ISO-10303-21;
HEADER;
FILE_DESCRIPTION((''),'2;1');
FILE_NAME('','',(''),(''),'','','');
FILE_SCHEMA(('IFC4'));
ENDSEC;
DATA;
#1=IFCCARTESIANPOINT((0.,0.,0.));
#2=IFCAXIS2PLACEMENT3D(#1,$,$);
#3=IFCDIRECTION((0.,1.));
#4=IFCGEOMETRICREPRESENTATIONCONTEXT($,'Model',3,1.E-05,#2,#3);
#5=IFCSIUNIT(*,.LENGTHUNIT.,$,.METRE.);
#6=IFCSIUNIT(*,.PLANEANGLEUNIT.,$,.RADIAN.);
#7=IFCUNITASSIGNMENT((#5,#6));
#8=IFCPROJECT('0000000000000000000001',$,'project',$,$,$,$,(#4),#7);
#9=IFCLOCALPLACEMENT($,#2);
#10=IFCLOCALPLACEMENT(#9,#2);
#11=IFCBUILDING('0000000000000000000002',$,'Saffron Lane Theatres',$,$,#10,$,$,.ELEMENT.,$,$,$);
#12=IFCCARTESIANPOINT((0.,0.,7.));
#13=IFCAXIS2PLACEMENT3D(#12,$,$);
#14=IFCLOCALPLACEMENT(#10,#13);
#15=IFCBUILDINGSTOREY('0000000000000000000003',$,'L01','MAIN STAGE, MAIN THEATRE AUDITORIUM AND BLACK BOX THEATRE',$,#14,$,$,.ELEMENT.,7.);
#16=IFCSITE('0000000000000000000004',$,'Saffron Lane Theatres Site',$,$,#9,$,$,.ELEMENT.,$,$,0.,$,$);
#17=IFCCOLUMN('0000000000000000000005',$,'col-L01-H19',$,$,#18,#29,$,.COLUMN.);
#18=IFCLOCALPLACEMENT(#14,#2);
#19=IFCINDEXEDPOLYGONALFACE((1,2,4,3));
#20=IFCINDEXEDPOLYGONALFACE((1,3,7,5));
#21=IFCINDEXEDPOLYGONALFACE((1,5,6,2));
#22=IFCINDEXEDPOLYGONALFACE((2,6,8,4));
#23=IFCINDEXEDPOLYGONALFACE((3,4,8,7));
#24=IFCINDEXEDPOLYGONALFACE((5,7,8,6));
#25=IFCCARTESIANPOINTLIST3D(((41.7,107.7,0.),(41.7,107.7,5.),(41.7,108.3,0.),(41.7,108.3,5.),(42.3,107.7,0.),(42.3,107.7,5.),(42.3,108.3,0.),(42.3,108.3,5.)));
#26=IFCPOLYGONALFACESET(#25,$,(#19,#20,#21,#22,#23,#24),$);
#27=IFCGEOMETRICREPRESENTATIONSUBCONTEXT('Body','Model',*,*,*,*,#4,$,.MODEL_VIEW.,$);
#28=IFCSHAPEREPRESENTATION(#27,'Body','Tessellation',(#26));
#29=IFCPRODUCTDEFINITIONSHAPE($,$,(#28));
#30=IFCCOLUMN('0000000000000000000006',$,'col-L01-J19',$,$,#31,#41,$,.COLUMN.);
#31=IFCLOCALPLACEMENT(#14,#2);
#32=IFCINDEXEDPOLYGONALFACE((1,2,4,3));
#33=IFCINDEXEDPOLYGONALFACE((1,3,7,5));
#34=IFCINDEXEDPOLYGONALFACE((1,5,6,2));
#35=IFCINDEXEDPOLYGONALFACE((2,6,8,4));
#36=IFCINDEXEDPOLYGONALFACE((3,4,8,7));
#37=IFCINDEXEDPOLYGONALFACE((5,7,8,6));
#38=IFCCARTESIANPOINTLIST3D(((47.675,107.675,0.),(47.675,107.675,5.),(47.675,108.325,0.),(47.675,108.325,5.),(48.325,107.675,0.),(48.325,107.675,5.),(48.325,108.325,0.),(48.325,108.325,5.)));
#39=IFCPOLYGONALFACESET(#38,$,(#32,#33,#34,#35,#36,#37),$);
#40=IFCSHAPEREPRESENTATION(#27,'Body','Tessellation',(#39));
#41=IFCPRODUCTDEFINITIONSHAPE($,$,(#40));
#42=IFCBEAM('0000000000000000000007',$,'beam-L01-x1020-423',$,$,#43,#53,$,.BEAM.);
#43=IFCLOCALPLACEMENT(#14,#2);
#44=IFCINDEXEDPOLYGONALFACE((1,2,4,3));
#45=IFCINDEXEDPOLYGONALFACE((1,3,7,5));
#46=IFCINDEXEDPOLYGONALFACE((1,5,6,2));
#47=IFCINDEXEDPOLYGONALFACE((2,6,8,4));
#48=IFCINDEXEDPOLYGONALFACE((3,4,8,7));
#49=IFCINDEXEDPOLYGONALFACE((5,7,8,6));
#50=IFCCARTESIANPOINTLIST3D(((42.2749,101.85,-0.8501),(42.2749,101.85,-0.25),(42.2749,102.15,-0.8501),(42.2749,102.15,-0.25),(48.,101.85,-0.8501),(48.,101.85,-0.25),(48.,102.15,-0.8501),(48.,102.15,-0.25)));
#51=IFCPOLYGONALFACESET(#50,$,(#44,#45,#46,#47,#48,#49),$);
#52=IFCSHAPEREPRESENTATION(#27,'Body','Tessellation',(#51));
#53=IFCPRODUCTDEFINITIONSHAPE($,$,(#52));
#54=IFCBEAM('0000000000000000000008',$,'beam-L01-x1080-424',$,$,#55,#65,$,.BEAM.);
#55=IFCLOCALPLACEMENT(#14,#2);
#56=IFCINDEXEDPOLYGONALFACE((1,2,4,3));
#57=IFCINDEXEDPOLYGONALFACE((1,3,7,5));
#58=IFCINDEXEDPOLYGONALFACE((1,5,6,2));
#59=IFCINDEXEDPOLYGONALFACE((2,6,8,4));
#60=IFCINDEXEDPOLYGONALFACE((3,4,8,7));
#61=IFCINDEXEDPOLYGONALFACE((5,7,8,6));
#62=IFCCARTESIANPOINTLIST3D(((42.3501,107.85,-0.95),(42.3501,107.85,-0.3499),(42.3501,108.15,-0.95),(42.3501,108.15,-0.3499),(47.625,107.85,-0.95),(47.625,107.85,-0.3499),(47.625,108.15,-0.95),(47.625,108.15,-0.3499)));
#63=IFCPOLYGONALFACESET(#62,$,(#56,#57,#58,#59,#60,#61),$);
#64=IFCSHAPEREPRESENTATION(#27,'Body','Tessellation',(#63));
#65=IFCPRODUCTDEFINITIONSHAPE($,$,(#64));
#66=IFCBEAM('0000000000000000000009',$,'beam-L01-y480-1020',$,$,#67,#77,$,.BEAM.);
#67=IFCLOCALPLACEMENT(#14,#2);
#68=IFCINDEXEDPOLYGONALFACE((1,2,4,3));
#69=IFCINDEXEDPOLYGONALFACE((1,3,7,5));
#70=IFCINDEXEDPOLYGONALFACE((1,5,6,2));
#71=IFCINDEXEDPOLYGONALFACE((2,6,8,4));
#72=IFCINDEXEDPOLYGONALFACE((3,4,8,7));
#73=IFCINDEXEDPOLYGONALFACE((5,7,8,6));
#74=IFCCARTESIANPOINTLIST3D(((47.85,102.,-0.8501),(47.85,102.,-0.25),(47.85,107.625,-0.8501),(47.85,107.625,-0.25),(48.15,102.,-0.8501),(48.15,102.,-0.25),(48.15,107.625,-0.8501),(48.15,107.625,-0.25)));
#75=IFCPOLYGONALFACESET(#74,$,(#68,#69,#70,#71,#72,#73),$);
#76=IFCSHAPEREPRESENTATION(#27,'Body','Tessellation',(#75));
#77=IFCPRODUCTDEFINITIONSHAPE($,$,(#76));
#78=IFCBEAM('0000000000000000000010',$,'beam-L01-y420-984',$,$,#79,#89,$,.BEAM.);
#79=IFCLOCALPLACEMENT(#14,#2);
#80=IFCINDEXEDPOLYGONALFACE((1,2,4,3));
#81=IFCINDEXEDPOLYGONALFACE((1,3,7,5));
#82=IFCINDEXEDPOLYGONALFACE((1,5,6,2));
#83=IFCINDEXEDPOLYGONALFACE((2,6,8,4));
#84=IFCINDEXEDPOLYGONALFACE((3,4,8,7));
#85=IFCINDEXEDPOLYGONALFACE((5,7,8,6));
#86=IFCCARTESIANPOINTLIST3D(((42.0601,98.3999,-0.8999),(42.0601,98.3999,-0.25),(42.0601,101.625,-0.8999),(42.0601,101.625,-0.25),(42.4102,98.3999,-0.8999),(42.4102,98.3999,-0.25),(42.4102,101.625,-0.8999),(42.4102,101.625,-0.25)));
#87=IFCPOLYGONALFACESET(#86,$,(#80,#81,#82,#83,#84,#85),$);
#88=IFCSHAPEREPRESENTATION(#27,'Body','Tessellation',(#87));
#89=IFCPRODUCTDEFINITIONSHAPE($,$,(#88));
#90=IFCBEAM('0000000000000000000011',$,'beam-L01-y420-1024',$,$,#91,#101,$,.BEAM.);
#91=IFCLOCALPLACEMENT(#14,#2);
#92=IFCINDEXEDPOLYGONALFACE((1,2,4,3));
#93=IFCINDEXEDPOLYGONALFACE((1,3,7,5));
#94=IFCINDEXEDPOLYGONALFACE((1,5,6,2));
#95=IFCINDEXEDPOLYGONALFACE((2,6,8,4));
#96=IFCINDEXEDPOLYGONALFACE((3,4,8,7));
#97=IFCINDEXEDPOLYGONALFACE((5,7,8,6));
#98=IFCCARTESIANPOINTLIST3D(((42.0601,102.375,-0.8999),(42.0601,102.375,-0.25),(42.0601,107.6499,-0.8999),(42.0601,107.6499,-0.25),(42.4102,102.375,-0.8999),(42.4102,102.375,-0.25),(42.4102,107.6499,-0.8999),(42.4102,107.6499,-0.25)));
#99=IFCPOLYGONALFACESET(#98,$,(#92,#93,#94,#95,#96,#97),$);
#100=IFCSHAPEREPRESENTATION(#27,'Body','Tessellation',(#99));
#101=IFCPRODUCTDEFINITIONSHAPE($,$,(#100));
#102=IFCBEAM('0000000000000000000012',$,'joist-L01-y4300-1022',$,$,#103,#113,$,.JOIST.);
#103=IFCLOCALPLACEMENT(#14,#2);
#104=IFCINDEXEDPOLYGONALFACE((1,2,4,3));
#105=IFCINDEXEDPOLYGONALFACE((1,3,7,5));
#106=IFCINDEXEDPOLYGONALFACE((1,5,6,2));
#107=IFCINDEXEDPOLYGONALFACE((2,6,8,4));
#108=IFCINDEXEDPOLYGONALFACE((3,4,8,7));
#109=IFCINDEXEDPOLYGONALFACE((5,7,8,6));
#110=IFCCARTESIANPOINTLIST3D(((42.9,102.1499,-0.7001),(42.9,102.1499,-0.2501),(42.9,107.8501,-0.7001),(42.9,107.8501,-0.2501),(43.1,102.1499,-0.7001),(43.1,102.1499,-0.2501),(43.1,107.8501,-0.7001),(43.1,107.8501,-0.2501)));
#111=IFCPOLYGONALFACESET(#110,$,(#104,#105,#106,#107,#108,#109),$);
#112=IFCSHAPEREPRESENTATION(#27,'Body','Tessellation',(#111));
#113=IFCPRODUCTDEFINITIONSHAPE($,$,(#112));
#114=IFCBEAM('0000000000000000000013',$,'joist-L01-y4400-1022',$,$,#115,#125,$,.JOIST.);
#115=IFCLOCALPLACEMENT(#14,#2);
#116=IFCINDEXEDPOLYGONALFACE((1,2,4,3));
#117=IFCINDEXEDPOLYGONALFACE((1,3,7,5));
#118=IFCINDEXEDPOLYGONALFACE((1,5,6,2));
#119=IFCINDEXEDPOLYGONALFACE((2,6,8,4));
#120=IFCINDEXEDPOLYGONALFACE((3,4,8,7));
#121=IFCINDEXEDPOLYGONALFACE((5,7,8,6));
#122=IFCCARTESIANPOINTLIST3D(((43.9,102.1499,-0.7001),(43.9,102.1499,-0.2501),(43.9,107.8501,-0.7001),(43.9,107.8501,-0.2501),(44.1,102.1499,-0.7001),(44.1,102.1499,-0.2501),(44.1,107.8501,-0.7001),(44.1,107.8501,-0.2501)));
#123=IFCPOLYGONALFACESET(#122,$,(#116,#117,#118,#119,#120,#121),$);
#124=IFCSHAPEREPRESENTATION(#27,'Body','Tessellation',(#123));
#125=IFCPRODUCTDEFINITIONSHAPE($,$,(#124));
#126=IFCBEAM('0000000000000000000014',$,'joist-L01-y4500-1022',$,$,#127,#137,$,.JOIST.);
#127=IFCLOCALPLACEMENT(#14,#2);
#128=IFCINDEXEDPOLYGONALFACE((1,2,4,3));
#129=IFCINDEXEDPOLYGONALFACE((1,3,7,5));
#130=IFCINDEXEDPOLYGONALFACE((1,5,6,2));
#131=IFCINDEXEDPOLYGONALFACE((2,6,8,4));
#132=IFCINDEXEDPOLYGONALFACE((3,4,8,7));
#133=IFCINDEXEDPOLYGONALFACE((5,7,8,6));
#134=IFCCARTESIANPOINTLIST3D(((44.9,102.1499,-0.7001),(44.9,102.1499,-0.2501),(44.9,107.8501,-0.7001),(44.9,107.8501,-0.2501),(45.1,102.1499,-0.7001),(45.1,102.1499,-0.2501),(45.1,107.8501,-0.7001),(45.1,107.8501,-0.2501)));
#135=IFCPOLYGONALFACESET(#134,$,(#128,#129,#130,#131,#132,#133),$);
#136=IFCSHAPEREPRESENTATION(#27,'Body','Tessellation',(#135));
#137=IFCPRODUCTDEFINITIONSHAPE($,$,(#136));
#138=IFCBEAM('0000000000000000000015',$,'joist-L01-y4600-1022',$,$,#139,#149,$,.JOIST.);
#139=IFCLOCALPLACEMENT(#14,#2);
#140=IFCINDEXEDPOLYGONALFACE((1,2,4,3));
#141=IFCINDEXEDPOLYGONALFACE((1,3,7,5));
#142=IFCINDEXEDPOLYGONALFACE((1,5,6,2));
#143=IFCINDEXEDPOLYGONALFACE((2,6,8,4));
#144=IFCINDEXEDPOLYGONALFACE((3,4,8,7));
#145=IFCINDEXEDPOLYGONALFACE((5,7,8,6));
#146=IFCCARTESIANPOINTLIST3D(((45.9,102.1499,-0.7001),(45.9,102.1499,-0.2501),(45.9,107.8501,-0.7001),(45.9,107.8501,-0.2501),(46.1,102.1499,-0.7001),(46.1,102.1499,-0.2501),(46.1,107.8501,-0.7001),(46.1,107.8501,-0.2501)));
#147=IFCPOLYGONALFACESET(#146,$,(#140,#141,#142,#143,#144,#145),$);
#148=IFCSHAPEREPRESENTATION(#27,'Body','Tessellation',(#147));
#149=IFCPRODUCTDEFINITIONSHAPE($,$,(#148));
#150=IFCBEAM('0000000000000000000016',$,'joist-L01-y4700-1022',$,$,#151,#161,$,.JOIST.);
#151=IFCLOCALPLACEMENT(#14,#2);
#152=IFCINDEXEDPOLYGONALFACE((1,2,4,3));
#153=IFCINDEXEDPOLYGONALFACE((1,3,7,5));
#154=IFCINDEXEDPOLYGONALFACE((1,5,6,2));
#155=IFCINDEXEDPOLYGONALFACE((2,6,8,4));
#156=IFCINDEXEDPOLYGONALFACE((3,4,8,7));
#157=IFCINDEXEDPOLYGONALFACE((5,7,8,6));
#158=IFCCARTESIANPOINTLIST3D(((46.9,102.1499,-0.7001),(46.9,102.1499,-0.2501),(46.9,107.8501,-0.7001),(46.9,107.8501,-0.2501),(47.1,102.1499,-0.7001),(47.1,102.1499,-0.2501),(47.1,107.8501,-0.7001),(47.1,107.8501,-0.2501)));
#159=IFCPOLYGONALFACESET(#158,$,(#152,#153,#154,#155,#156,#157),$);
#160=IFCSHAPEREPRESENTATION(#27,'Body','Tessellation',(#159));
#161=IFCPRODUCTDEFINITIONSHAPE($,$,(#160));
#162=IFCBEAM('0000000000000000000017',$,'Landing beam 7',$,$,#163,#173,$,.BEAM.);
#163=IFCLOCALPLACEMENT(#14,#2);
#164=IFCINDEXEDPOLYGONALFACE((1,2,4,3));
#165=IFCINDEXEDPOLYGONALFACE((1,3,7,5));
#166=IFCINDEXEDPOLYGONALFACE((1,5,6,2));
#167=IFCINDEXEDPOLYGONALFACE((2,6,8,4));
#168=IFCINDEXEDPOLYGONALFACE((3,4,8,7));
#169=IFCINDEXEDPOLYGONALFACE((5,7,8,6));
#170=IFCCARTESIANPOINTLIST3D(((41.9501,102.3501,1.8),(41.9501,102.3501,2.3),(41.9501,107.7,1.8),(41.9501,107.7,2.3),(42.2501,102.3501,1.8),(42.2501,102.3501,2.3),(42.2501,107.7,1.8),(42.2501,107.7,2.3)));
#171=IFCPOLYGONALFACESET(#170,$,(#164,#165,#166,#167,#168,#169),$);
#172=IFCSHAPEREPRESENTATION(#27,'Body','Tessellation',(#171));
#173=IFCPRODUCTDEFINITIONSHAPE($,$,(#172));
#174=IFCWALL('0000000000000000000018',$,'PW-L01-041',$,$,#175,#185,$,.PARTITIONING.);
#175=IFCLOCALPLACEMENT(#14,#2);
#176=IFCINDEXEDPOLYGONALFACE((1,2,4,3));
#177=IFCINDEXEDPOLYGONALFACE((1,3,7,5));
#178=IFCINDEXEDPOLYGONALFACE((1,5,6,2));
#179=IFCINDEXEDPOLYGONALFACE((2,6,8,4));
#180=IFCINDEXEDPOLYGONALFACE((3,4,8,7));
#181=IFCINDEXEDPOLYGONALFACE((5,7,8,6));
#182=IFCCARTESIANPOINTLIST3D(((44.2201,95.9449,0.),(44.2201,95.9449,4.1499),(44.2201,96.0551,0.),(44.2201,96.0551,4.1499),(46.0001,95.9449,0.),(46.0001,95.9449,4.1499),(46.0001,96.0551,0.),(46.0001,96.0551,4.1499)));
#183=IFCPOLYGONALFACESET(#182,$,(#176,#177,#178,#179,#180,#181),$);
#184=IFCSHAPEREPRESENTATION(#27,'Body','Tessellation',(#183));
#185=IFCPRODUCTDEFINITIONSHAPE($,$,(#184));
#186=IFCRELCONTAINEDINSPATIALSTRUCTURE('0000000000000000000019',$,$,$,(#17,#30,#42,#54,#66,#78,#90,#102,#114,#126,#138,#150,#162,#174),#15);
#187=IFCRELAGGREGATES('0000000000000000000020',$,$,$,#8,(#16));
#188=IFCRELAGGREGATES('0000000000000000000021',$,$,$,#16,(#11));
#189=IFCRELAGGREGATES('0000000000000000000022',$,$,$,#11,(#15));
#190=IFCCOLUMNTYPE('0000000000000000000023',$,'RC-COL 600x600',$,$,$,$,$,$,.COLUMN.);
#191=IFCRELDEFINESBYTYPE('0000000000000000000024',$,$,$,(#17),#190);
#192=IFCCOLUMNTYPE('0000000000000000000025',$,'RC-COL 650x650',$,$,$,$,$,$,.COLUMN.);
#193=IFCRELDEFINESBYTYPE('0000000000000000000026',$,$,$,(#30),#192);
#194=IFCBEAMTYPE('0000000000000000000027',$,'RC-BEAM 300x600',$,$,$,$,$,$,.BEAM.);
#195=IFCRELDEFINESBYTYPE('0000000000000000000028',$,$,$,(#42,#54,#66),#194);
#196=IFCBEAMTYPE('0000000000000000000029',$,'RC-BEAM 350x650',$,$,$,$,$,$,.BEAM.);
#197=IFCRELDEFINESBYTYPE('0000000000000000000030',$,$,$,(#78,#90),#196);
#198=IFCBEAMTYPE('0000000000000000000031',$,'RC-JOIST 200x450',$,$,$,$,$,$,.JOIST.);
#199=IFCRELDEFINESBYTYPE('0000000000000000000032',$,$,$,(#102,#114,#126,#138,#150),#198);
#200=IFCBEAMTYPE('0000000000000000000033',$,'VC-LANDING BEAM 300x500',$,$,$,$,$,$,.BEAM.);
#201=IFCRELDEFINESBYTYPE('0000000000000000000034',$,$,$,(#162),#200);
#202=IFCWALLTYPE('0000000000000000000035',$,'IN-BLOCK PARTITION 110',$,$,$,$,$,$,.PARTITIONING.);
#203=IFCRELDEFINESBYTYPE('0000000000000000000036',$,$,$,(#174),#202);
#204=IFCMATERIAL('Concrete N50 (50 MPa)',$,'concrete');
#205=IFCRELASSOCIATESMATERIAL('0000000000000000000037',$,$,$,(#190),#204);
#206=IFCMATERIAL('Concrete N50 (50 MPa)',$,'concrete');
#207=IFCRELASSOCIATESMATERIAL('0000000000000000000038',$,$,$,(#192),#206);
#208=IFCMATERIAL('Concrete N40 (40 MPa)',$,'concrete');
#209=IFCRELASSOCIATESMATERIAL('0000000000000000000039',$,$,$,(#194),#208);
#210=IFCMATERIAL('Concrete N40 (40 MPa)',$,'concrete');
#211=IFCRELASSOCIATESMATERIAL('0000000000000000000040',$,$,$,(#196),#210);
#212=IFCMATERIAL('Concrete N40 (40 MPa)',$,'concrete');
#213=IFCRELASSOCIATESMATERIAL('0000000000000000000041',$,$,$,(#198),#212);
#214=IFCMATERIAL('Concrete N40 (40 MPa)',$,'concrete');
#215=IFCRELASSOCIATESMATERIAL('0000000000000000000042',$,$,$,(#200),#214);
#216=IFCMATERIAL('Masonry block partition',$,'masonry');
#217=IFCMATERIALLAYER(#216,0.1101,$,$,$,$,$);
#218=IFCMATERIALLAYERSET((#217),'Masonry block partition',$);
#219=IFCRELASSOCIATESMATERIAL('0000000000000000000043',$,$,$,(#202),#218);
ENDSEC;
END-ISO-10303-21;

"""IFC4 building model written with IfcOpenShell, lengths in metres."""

from ifc_helpers import new_model, si_unit, direction, frame, frame_2d, origin, origin_2d, place, context, subcontext, project, spatial, rectangle, extrude, material, layer, layer_set, material_profile, profile_set, type_object, element, save


model = new_model("IFC4")

# Units and contexts
model_context = context("Model", 3, precision=1e-05, world=origin(), true_north=direction((0.0, 1.0)))
body_context = subcontext(model_context, "Body", "Model", "MODEL_VIEW")
ifc_project = project(units=[si_unit("LENGTHUNIT", "METRE"), si_unit("PLANEANGLEUNIT", "RADIAN")], contexts=[model_context])

# Site, building, storey
site_placement = place(None, origin())
site = spatial("IfcSite", under=ifc_project, at=site_placement, Name="Saffron Lane Theatres Site", CompositionType="ELEMENT", RefElevation=0.0)
building_placement = place(site_placement, origin())
building = spatial("IfcBuilding", under=site, at=building_placement, Name="Saffron Lane Theatres", CompositionType="ELEMENT")
storey_placement = place(building_placement, frame((0.0, 0.0, 7.0)))
storey = spatial("IfcBuildingStorey", under=building, at=storey_placement, Name="L01", Description="MAIN STAGE, MAIN THEATRE AUDITORIUM AND BLACK BOX THEATRE", CompositionType="ELEMENT", Elevation=7.0)

# Columns
ifc_material_1 = material(Name="Concrete N50 (50 MPa)", Category="concrete")
ifc_material_profile_1 = material_profile(ifc_material_1, rectangle(XDim=0.6001, YDim=0.6001, at=origin_2d()))
ifc_profile_set_1 = profile_set([ifc_material_profile_1], Name="Concrete N50 (50 MPa)")
column_type_1 = type_object("IfcColumnType", Name="RC-COL 600x600", PredefinedType="COLUMN", material=ifc_profile_set_1)
column_1_placement = place(storey_placement, frame((42.0, 108.0, 0.0), z_axis=(0.0, 0.0, 1.0), x_axis=(1.0, 0.0, 0.0)))
element("IfcColumn", 1, at=column_1_placement, inside=storey, type_object=column_type_1, Name="col-L01-H19", PredefinedType="COLUMN", context=body_context, shape_type="SweptSolid", body=[
    extrude(rectangle(XDim=0.6001, YDim=0.6001, at=origin_2d()), origin(), (0.0, 0.0, 1.0), 5.0),
])
ifc_material_2 = material(Name="Concrete N50 (50 MPa)", Category="concrete")
ifc_material_profile_2 = material_profile(ifc_material_2, rectangle(XDim=0.6499, YDim=0.6499, at=origin_2d()))
ifc_profile_set_2 = profile_set([ifc_material_profile_2], Name="Concrete N50 (50 MPa)")
column_type_2 = type_object("IfcColumnType", Name="RC-COL 650x650", PredefinedType="COLUMN", material=ifc_profile_set_2)
column_2_placement = place(storey_placement, frame((48.0, 108.0, 0.0), z_axis=(0.0, 0.0, 1.0), x_axis=(1.0, 0.0, 0.0)))
element("IfcColumn", 2, at=column_2_placement, inside=storey, type_object=column_type_2, Name="col-L01-J19", PredefinedType="COLUMN", context=body_context, shape_type="SweptSolid", body=[
    extrude(rectangle(XDim=0.6499, YDim=0.6499, at=origin_2d()), origin(), (0.0, 0.0, 1.0), 5.0),
])

# Beams
ifc_material_3 = material(Name="Concrete N40 (40 MPa)", Category="concrete")
ifc_material_profile_3 = material_profile(ifc_material_3, rectangle(XDim=0.3, YDim=0.6001, at=origin_2d()))
ifc_profile_set_3 = profile_set([ifc_material_profile_3], Name="Concrete N40 (40 MPa)")
beam_type_1 = type_object("IfcBeamType", Name="RC-BEAM 300x600", PredefinedType="BEAM", material=ifc_profile_set_3)
beam_1_placement = place(storey_placement, frame((42.2749, 102.0, -0.55), z_axis=(1.0, 0.0, 0.0), x_axis=(0.0, 1.0, 0.0)))
element("IfcBeam", 3, at=beam_1_placement, inside=storey, type_object=beam_type_1, Name="beam-L01-x1020-423", PredefinedType="BEAM", context=body_context, shape_type="SweptSolid", body=[
    extrude(rectangle(XDim=0.3, YDim=0.6001, at=origin_2d()), origin(), (0.0, 0.0, 1.0), 5.7251),
])
beam_2_placement = place(storey_placement, frame((42.3501, 108.0, -0.6499), z_axis=(1.0, 0.0, 0.0), x_axis=(0.0, 1.0, 0.0)))
element("IfcBeam", 4, at=beam_2_placement, inside=storey, type_object=beam_type_1, Name="beam-L01-x1080-424", PredefinedType="BEAM", context=body_context, shape_type="SweptSolid", body=[
    extrude(rectangle(XDim=0.3, YDim=0.6001, at=origin_2d()), origin(), (0.0, 0.0, 1.0), 5.2749),
])
beam_3_placement = place(storey_placement, frame((48.0, 102.0, -0.55), z_axis=(0.0, 1.0, 0.0), x_axis=(-1.0, 0.0, 0.0)))
element("IfcBeam", 5, at=beam_3_placement, inside=storey, type_object=beam_type_1, Name="beam-L01-y480-1020", PredefinedType="BEAM", context=body_context, shape_type="SweptSolid", body=[
    extrude(rectangle(XDim=0.3, YDim=0.6001, at=origin_2d()), origin(), (0.0, 0.0, 1.0), 5.625),
])
ifc_material_4 = material(Name="Concrete N40 (40 MPa)", Category="concrete")
ifc_material_profile_4 = material_profile(ifc_material_4, rectangle(XDim=0.3501, YDim=0.6499, at=origin_2d()))
ifc_profile_set_4 = profile_set([ifc_material_profile_4], Name="Concrete N40 (40 MPa)")
beam_type_2 = type_object("IfcBeamType", Name="RC-BEAM 350x650", PredefinedType="BEAM", material=ifc_profile_set_4)
beam_4_placement = place(storey_placement, frame((42.2351, 98.3999, -0.575), z_axis=(0.0, 1.0, 0.0), x_axis=(-1.0, 0.0, 0.0)))
element("IfcBeam", 6, at=beam_4_placement, inside=storey, type_object=beam_type_2, Name="beam-L01-y420-984", PredefinedType="BEAM", context=body_context, shape_type="SweptSolid", body=[
    extrude(rectangle(XDim=0.3501, YDim=0.6499, at=origin_2d()), origin(), (0.0, 0.0, 1.0), 3.2251),
])
beam_5_placement = place(storey_placement, frame((42.2351, 102.375, -0.575), z_axis=(0.0, 1.0, 0.0), x_axis=(-1.0, 0.0, 0.0)))
element("IfcBeam", 7, at=beam_5_placement, inside=storey, type_object=beam_type_2, Name="beam-L01-y420-1024", PredefinedType="BEAM", context=body_context, shape_type="SweptSolid", body=[
    extrude(rectangle(XDim=0.3501, YDim=0.6499, at=origin_2d()), origin(), (0.0, 0.0, 1.0), 5.2749),
])
ifc_material_5 = material(Name="Concrete N40 (40 MPa)", Category="concrete")
ifc_material_profile_5 = material_profile(ifc_material_5, rectangle(XDim=0.2, YDim=0.45, at=origin_2d()))
ifc_profile_set_5 = profile_set([ifc_material_profile_5], Name="Concrete N40 (40 MPa)")
beam_type_3 = type_object("IfcBeamType", Name="RC-JOIST 200x450", PredefinedType="JOIST", material=ifc_profile_set_5)
for number, where, z_axis, x_axis, name in (
    (8, (43.0, 102.1499, -0.4751), (0.0, 1.0, 0.0), (-1.0, 0.0, 0.0), "joist-L01-y4300-1022"),
    (9, (44.0, 102.1499, -0.4751), (0.0, 1.0, 0.0), (-1.0, 0.0, 0.0), "joist-L01-y4400-1022"),
    (10, (45.0, 102.1499, -0.4751), (0.0, 1.0, 0.0), (-1.0, 0.0, 0.0), "joist-L01-y4500-1022"),
    (11, (46.0, 102.1499, -0.4751), (0.0, 1.0, 0.0), (-1.0, 0.0, 0.0), "joist-L01-y4600-1022"),
    (12, (47.0, 102.1499, -0.4751), (0.0, 1.0, 0.0), (-1.0, 0.0, 0.0), "joist-L01-y4700-1022"),
):
    element("IfcBeam", number, at=place(storey_placement, frame(where, z_axis=z_axis, x_axis=x_axis)), inside=storey, type_object=beam_type_3, Name=name, PredefinedType="JOIST", context=body_context, shape_type="SweptSolid", body=[
        extrude(rectangle(XDim=0.2, YDim=0.45, at=origin_2d()), origin(), (0.0, 0.0, 1.0), 5.7002),
    ])
ifc_material_6 = material(Name="Concrete N40 (40 MPa)", Category="concrete")
ifc_material_profile_6 = material_profile(ifc_material_6, rectangle(XDim=0.3, YDim=0.5, at=origin_2d()))
ifc_profile_set_6 = profile_set([ifc_material_profile_6], Name="Concrete N40 (40 MPa)")
beam_type_4 = type_object("IfcBeamType", Name="VC-LANDING BEAM 300x500", PredefinedType="BEAM", material=ifc_profile_set_6)
beam_6_placement = place(storey_placement, frame((42.1001, 102.3501, 2.05), z_axis=(0.0, 1.0, 0.0), x_axis=(-1.0, 0.0, 0.0)))
element("IfcBeam", 13, at=beam_6_placement, inside=storey, type_object=beam_type_4, Name="Landing beam 7", PredefinedType="BEAM", context=body_context, shape_type="SweptSolid", body=[
    extrude(rectangle(XDim=0.3, YDim=0.5, at=origin_2d()), origin(), (0.0, 0.0, 1.0), 5.3499),
])

# Wall
ifc_material_7 = material(Name="Masonry block partition", Category="masonry")
ifc_layer_1 = layer(ifc_material_7, 0.1101)
ifc_layer_set_1 = layer_set([ifc_layer_1], Name="Masonry block partition")
wall_type_1 = type_object("IfcWallType", Name="IN-BLOCK PARTITION 110", PredefinedType="PARTITIONING", material=ifc_layer_set_1)
wall_1_placement = place(storey_placement, frame((44.22, 96.0, 0.0), z_axis=(0.0, 0.0, 1.0), x_axis=(1.0, 0.0, 0.0)))
element("IfcWall", 14, at=wall_1_placement, inside=storey, type_object=wall_type_1, Name="PW-L01-041", PredefinedType="PARTITIONING", context=body_context, shape_type="SweptSolid", body=[
    extrude(rectangle(XDim=1.78, YDim=0.1101, at=frame_2d((0.8901, 0.0))), origin(), (0.0, 0.0, 1.0), 4.1499),
])

save(model, "model.ifc")
